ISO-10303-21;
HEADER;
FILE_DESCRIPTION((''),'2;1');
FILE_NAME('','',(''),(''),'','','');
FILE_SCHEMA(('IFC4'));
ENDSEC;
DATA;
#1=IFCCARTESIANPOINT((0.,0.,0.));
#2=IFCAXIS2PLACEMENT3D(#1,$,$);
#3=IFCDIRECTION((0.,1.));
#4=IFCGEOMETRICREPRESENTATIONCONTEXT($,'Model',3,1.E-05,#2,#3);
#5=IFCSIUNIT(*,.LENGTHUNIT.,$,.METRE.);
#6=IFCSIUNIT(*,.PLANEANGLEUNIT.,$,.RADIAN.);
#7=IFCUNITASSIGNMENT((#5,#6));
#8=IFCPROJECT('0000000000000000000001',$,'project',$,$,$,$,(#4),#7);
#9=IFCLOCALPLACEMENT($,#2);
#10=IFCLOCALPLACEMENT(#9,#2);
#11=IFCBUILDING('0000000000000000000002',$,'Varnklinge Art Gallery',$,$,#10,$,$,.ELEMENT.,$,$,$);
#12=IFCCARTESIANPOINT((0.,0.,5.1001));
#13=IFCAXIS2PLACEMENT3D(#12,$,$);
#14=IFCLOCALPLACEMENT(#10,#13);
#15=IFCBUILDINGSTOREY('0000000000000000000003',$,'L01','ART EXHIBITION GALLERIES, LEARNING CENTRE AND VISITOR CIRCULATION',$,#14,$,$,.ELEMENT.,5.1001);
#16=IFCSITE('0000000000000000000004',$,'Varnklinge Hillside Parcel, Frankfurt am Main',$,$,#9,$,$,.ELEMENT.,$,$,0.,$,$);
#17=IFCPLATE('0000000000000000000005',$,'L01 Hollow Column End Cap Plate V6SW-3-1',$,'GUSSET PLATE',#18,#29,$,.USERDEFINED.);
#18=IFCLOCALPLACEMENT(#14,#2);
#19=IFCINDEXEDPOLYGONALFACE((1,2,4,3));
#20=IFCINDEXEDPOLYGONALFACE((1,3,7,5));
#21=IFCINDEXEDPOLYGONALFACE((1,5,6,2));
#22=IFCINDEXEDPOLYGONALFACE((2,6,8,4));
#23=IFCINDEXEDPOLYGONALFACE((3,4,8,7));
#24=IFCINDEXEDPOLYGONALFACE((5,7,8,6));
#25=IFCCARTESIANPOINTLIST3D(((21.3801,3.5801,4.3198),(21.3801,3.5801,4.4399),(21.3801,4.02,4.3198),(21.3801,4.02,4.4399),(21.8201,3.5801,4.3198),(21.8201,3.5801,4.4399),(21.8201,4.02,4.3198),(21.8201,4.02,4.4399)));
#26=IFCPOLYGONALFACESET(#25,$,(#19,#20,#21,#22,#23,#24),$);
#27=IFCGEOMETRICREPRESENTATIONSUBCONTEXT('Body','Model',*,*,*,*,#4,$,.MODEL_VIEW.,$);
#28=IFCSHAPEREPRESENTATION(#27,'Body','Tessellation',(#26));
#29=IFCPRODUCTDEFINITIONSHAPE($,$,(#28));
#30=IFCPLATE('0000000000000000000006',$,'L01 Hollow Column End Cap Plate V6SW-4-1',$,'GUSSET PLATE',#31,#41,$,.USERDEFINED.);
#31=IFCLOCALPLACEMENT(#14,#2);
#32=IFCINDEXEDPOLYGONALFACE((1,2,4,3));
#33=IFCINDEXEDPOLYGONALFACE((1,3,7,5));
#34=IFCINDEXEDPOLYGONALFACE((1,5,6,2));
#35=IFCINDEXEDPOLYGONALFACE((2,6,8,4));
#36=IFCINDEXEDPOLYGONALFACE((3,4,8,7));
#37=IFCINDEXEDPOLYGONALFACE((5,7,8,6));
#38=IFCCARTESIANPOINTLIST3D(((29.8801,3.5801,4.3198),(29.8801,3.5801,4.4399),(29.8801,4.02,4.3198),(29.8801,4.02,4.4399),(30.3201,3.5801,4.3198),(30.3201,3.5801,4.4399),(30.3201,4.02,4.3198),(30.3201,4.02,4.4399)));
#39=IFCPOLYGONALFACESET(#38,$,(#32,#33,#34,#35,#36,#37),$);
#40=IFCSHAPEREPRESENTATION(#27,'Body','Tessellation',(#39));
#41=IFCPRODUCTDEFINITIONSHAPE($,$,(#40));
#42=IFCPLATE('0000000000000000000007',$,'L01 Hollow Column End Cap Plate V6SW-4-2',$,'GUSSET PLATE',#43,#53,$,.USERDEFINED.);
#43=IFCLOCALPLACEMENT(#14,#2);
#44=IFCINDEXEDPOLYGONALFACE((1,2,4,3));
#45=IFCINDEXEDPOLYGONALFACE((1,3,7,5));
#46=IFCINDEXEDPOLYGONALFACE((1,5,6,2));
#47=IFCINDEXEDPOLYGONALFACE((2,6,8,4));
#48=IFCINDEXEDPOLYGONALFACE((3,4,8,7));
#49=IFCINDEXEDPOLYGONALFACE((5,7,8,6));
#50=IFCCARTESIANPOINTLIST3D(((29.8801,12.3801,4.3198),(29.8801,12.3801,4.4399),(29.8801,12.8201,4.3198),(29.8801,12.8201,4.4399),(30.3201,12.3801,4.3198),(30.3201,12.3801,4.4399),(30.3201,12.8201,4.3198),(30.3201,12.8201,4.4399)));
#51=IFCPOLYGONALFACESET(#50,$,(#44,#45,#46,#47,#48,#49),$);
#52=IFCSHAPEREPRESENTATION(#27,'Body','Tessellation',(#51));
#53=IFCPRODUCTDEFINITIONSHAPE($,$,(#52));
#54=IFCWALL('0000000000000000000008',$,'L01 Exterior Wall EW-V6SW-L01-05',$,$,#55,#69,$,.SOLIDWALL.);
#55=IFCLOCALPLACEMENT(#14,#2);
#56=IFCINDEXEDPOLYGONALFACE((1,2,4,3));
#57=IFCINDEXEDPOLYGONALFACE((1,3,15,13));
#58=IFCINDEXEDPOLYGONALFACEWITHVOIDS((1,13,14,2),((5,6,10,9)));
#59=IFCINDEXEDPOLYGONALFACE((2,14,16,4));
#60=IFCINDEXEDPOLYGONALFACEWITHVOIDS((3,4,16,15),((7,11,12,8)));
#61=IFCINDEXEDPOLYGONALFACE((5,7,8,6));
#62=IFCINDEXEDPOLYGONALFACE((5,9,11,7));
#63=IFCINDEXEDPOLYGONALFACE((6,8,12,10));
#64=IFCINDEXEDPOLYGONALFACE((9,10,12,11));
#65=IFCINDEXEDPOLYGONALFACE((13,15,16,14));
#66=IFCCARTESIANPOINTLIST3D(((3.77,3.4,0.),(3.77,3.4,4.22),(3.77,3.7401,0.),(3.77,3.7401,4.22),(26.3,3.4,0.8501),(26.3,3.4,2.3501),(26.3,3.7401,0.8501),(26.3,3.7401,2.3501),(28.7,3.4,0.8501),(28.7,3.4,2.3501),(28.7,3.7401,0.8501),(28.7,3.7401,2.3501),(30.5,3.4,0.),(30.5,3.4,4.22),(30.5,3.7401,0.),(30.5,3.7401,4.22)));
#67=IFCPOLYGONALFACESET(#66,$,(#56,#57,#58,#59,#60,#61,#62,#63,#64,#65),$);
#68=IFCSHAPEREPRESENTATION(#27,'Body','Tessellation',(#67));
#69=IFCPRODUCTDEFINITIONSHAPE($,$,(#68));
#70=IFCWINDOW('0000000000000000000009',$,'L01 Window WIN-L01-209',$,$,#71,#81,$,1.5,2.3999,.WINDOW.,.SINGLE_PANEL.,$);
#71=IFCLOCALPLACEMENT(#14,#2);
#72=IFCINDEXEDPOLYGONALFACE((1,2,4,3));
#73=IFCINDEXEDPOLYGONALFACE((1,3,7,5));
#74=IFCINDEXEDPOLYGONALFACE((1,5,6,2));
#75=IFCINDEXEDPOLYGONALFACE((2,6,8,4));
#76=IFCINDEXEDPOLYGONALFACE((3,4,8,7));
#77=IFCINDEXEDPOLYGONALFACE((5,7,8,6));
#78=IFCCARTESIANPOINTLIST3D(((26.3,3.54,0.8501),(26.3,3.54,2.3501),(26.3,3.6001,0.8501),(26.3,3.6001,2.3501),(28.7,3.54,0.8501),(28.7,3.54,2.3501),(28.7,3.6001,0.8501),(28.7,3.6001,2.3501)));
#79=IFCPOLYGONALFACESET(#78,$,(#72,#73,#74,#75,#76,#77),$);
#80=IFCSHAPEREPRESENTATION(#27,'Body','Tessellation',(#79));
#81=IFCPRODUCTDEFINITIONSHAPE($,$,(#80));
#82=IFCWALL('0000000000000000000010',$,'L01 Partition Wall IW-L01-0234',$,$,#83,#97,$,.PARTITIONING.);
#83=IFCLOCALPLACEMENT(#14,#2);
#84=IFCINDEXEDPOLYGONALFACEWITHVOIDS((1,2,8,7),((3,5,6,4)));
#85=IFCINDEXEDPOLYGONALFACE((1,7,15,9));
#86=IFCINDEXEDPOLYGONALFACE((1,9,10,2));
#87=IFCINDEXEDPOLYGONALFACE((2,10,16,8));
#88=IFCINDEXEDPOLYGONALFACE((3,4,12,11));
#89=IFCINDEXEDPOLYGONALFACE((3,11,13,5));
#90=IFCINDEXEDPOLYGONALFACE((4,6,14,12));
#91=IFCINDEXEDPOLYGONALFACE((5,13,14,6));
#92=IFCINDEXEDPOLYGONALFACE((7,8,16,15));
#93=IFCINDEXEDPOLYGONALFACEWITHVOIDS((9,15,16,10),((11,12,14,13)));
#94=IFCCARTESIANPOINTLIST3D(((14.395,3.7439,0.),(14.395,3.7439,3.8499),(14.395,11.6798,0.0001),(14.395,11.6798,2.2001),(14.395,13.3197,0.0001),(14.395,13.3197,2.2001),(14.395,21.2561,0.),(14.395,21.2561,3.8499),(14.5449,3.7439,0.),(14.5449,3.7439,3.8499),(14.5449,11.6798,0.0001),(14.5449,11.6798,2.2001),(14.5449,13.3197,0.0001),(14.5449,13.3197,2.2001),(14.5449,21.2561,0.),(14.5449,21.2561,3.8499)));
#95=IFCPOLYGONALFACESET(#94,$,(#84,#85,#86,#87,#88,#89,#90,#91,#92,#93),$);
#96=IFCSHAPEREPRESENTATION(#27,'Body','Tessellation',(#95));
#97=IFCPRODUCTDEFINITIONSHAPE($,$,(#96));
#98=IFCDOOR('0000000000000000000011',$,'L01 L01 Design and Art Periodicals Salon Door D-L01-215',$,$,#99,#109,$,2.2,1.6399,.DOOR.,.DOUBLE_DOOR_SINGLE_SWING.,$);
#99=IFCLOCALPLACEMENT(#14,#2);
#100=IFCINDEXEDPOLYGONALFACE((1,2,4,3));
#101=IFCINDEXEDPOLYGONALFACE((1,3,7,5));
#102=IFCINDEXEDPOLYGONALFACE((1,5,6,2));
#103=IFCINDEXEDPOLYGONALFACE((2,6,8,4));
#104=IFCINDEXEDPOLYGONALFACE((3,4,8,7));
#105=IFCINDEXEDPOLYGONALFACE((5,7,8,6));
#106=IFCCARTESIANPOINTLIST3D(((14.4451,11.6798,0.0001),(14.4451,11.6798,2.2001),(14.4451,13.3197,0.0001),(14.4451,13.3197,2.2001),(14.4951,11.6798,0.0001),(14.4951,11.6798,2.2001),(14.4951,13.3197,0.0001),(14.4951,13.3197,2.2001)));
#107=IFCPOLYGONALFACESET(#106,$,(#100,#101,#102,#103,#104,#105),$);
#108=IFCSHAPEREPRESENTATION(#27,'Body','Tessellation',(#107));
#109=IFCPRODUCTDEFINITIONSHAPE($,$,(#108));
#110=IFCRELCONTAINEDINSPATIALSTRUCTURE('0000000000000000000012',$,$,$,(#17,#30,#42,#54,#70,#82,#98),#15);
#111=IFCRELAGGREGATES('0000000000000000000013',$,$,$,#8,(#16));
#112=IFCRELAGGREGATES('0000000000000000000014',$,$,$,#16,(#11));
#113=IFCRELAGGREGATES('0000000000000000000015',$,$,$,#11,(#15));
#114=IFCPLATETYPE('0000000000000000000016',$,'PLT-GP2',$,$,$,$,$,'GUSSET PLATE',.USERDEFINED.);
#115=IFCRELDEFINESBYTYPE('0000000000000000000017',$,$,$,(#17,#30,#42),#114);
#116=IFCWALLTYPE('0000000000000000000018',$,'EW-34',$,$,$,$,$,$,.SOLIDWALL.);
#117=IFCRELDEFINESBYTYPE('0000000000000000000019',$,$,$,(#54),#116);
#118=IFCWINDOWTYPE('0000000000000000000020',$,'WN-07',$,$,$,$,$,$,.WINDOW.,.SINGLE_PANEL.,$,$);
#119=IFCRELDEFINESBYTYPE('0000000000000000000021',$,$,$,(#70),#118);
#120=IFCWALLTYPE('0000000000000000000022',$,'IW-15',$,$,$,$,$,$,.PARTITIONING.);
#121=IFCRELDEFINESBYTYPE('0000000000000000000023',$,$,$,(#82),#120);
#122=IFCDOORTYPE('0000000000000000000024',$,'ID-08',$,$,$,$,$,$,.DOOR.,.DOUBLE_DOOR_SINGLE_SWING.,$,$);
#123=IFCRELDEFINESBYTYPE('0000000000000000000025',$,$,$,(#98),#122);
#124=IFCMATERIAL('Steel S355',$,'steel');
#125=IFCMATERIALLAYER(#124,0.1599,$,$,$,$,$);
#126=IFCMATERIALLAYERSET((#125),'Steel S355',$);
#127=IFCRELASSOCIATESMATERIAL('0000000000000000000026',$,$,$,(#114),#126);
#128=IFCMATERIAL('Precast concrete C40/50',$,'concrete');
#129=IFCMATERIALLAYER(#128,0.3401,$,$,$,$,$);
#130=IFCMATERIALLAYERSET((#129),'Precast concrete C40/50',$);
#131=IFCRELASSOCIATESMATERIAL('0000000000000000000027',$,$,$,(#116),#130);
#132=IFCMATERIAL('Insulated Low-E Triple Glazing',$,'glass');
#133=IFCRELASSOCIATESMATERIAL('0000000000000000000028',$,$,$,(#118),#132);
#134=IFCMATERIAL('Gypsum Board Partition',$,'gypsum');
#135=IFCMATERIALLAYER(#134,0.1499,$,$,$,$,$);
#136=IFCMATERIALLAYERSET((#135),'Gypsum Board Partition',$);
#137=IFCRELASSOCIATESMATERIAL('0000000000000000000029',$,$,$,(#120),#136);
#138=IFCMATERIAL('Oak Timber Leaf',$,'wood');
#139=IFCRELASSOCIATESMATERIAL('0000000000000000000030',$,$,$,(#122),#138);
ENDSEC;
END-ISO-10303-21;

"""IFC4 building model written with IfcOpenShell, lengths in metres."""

from ifc_helpers import new_model, si_unit, direction, frame, frame_2d, origin, origin_2d, place, context, subcontext, project, spatial, rectangle, extrude, material, layer, layer_set, type_object, element, fill, save


model = new_model("IFC4")

# Units and contexts
model_context = context("Model", 3, precision=1e-05, world=origin(), true_north=direction((0.0, 1.0)))
body_context = subcontext(model_context, "Body", "Model", "MODEL_VIEW")
ifc_project = project(units=[si_unit("LENGTHUNIT", "METRE"), si_unit("PLANEANGLEUNIT", "RADIAN")], contexts=[model_context])

# Site, building, storey
site_placement = place(None, origin())
site = spatial("IfcSite", under=ifc_project, at=site_placement, Name="Varnklinge Hillside Parcel, Frankfurt am Main", CompositionType="ELEMENT", RefElevation=0.0)
building_placement = place(site_placement, origin())
building = spatial("IfcBuilding", under=site, at=building_placement, Name="Varnklinge Art Gallery", CompositionType="ELEMENT")
storey_placement = place(building_placement, frame((0.0, 0.0, 5.1001)))
storey = spatial("IfcBuildingStorey", under=building, at=storey_placement, Name="L01", Description="ART EXHIBITION GALLERIES, LEARNING CENTRE AND VISITOR CIRCULATION", CompositionType="ELEMENT", Elevation=5.1001)

# Plates
ifc_material_1 = material(Name="Steel S355", Category="steel")
ifc_layer_1 = layer(ifc_material_1, 0.1599)
ifc_layer_set_1 = layer_set([ifc_layer_1], Name="Steel S355")
plate_type = type_object("IfcPlateType", Name="PLT-GP2", ElementType="GUSSET PLATE", PredefinedType="USERDEFINED", material=ifc_layer_set_1)
for number, where, z_axis, x_axis, name in (
    (1, (21.6001, 3.8, 4.3198), (0.0, 0.0, 1.0), (1.0, 0.0, 0.0), "L01 Hollow Column End Cap Plate V6SW-3-1"),
    (2, (30.1001, 3.8, 4.3198), (0.0, 0.0, 1.0), (1.0, 0.0, 0.0), "L01 Hollow Column End Cap Plate V6SW-4-1"),
    (3, (30.1001, 12.6001, 4.3198), (0.0, 0.0, 1.0), (1.0, 0.0, 0.0), "L01 Hollow Column End Cap Plate V6SW-4-2"),
):
    element("IfcPlate", number, at=place(storey_placement, frame(where, z_axis=z_axis, x_axis=x_axis)), inside=storey, type_object=plate_type, Name=name, ObjectType="GUSSET PLATE", PredefinedType="USERDEFINED", context=body_context, shape_type="SweptSolid", body=[
        extrude(rectangle(XDim=0.4399, YDim=0.4399, at=origin_2d()), origin(), (0.0, 0.0, 1.0), 0.1201),
    ])

# Wall, opening, window
ifc_material_2 = material(Name="Precast concrete C40/50", Category="concrete")
ifc_layer_2 = layer(ifc_material_2, 0.3401)
ifc_layer_set_2 = layer_set([ifc_layer_2], Name="Precast concrete C40/50")
wall_type_1 = type_object("IfcWallType", Name="EW-34", PredefinedType="SOLIDWALL", material=ifc_layer_set_2)
wall_1_placement = place(storey_placement, frame((30.5, 3.5701, 0.0), z_axis=(0.0, 0.0, 1.0), x_axis=(-1.0, 0.0, 0.0)))
wall_1 = element("IfcWall", 4, at=wall_1_placement, inside=storey, type_object=wall_type_1, Name="L01 Exterior Wall EW-V6SW-L01-05", PredefinedType="SOLIDWALL", context=body_context, shape_type="SweptSolid", body=[
    extrude(rectangle(XDim=26.73, YDim=0.3401, at=frame_2d((13.365, 0.0))), origin(), (0.0, 0.0, 1.0), 4.22),
])
opening_1_placement = place(wall_1_placement, frame((1.8, 0.0, 0.8501)))
opening_1 = element("IfcOpeningElement", 5, at=opening_1_placement, cuts=wall_1, PredefinedType="OPENING", context=body_context, shape_type="SweptSolid", body=[
    extrude(rectangle(XDim=2.3999, YDim=1.5, at=frame_2d((1.2, 0.75))), frame((0.0, 0.1799, 0.0), z_axis=(0.0, -1.0, 0.0), x_axis=(1.0, 0.0, 0.0)), (0.0, 0.0, 1.0), 0.3601),
])
ifc_material_3 = material(Name="Insulated Low-E Triple Glazing", Category="glass")
window_type = type_object("IfcWindowType", Name="WN-07", PartitioningType="SINGLE_PANEL", PredefinedType="WINDOW", material=ifc_material_3)
window_placement = place(opening_1_placement, origin())
window = element("IfcWindow", 6, at=window_placement, inside=storey, type_object=window_type, Name="L01 Window WIN-L01-209", OverallHeight=1.5, OverallWidth=2.3999, PartitioningType="SINGLE_PANEL", PredefinedType="WINDOW", context=body_context, shape_type="SweptSolid", body=[
    extrude(rectangle(XDim=2.3999, YDim=1.5, at=frame_2d((1.2, 0.75))), frame((0.0, 0.03, 0.0), z_axis=(0.0, -1.0, 0.0), x_axis=(1.0, 0.0, 0.0)), (0.0, 0.0, 1.0), 0.0601),
])
fill(opening_1, window)

# Wall, opening, door
ifc_material_4 = material(Name="Gypsum Board Partition", Category="gypsum")
ifc_layer_3 = layer(ifc_material_4, 0.1499)
ifc_layer_set_3 = layer_set([ifc_layer_3], Name="Gypsum Board Partition")
wall_type_2 = type_object("IfcWallType", Name="IW-15", PredefinedType="PARTITIONING", material=ifc_layer_set_3)
wall_2_placement = place(storey_placement, frame((14.47, 3.7439, 0.0), z_axis=(0.0, 0.0, 1.0), x_axis=(0.0, 1.0, 0.0)))
wall_2 = element("IfcWall", 7, at=wall_2_placement, inside=storey, type_object=wall_type_2, Name="L01 Partition Wall IW-L01-0234", PredefinedType="PARTITIONING", context=body_context, shape_type="SweptSolid", body=[
    extrude(rectangle(XDim=17.5122, YDim=0.1499, at=frame_2d((8.7561, 0.0))), origin(), (0.0, 0.0, 1.0), 3.8499),
])
opening_2_placement = place(wall_2_placement, frame((7.936, 0.0, 0.0)))
opening_2 = element("IfcOpeningElement", 8, at=opening_2_placement, cuts=wall_2, PredefinedType="OPENING", context=body_context, shape_type="SweptSolid", body=[
    extrude(rectangle(XDim=1.6399, YDim=2.2, at=frame_2d((0.8198, 1.1001))), frame((0.0, 0.085, 0.0), z_axis=(0.0, -1.0, 0.0), x_axis=(1.0, 0.0, 0.0)), (0.0, 0.0, 1.0), 0.1699),
])
ifc_material_5 = material(Name="Oak Timber Leaf", Category="wood")
door_type = type_object("IfcDoorType", Name="ID-08", OperationType="DOUBLE_DOOR_SINGLE_SWING", PredefinedType="DOOR", material=ifc_material_5)
door_placement = place(opening_2_placement, origin())
door = element("IfcDoor", 9, at=door_placement, inside=storey, type_object=door_type, Name="L01 L01 Design and Art Periodicals Salon Door D-L01-215", OperationType="DOUBLE_DOOR_SINGLE_SWING", OverallHeight=2.2, OverallWidth=1.6399, PredefinedType="DOOR", context=body_context, shape_type="SweptSolid", body=[
    extrude(rectangle(XDim=1.6399, YDim=2.2, at=frame_2d((0.8198, 1.1001))), frame((0.0, 0.0249, 0.0), z_axis=(0.0, -1.0, 0.0), x_axis=(1.0, 0.0, 0.0)), (0.0, 0.0, 1.0), 0.05),
])
fill(opening_2, door)

save(model, "model.ifc")
